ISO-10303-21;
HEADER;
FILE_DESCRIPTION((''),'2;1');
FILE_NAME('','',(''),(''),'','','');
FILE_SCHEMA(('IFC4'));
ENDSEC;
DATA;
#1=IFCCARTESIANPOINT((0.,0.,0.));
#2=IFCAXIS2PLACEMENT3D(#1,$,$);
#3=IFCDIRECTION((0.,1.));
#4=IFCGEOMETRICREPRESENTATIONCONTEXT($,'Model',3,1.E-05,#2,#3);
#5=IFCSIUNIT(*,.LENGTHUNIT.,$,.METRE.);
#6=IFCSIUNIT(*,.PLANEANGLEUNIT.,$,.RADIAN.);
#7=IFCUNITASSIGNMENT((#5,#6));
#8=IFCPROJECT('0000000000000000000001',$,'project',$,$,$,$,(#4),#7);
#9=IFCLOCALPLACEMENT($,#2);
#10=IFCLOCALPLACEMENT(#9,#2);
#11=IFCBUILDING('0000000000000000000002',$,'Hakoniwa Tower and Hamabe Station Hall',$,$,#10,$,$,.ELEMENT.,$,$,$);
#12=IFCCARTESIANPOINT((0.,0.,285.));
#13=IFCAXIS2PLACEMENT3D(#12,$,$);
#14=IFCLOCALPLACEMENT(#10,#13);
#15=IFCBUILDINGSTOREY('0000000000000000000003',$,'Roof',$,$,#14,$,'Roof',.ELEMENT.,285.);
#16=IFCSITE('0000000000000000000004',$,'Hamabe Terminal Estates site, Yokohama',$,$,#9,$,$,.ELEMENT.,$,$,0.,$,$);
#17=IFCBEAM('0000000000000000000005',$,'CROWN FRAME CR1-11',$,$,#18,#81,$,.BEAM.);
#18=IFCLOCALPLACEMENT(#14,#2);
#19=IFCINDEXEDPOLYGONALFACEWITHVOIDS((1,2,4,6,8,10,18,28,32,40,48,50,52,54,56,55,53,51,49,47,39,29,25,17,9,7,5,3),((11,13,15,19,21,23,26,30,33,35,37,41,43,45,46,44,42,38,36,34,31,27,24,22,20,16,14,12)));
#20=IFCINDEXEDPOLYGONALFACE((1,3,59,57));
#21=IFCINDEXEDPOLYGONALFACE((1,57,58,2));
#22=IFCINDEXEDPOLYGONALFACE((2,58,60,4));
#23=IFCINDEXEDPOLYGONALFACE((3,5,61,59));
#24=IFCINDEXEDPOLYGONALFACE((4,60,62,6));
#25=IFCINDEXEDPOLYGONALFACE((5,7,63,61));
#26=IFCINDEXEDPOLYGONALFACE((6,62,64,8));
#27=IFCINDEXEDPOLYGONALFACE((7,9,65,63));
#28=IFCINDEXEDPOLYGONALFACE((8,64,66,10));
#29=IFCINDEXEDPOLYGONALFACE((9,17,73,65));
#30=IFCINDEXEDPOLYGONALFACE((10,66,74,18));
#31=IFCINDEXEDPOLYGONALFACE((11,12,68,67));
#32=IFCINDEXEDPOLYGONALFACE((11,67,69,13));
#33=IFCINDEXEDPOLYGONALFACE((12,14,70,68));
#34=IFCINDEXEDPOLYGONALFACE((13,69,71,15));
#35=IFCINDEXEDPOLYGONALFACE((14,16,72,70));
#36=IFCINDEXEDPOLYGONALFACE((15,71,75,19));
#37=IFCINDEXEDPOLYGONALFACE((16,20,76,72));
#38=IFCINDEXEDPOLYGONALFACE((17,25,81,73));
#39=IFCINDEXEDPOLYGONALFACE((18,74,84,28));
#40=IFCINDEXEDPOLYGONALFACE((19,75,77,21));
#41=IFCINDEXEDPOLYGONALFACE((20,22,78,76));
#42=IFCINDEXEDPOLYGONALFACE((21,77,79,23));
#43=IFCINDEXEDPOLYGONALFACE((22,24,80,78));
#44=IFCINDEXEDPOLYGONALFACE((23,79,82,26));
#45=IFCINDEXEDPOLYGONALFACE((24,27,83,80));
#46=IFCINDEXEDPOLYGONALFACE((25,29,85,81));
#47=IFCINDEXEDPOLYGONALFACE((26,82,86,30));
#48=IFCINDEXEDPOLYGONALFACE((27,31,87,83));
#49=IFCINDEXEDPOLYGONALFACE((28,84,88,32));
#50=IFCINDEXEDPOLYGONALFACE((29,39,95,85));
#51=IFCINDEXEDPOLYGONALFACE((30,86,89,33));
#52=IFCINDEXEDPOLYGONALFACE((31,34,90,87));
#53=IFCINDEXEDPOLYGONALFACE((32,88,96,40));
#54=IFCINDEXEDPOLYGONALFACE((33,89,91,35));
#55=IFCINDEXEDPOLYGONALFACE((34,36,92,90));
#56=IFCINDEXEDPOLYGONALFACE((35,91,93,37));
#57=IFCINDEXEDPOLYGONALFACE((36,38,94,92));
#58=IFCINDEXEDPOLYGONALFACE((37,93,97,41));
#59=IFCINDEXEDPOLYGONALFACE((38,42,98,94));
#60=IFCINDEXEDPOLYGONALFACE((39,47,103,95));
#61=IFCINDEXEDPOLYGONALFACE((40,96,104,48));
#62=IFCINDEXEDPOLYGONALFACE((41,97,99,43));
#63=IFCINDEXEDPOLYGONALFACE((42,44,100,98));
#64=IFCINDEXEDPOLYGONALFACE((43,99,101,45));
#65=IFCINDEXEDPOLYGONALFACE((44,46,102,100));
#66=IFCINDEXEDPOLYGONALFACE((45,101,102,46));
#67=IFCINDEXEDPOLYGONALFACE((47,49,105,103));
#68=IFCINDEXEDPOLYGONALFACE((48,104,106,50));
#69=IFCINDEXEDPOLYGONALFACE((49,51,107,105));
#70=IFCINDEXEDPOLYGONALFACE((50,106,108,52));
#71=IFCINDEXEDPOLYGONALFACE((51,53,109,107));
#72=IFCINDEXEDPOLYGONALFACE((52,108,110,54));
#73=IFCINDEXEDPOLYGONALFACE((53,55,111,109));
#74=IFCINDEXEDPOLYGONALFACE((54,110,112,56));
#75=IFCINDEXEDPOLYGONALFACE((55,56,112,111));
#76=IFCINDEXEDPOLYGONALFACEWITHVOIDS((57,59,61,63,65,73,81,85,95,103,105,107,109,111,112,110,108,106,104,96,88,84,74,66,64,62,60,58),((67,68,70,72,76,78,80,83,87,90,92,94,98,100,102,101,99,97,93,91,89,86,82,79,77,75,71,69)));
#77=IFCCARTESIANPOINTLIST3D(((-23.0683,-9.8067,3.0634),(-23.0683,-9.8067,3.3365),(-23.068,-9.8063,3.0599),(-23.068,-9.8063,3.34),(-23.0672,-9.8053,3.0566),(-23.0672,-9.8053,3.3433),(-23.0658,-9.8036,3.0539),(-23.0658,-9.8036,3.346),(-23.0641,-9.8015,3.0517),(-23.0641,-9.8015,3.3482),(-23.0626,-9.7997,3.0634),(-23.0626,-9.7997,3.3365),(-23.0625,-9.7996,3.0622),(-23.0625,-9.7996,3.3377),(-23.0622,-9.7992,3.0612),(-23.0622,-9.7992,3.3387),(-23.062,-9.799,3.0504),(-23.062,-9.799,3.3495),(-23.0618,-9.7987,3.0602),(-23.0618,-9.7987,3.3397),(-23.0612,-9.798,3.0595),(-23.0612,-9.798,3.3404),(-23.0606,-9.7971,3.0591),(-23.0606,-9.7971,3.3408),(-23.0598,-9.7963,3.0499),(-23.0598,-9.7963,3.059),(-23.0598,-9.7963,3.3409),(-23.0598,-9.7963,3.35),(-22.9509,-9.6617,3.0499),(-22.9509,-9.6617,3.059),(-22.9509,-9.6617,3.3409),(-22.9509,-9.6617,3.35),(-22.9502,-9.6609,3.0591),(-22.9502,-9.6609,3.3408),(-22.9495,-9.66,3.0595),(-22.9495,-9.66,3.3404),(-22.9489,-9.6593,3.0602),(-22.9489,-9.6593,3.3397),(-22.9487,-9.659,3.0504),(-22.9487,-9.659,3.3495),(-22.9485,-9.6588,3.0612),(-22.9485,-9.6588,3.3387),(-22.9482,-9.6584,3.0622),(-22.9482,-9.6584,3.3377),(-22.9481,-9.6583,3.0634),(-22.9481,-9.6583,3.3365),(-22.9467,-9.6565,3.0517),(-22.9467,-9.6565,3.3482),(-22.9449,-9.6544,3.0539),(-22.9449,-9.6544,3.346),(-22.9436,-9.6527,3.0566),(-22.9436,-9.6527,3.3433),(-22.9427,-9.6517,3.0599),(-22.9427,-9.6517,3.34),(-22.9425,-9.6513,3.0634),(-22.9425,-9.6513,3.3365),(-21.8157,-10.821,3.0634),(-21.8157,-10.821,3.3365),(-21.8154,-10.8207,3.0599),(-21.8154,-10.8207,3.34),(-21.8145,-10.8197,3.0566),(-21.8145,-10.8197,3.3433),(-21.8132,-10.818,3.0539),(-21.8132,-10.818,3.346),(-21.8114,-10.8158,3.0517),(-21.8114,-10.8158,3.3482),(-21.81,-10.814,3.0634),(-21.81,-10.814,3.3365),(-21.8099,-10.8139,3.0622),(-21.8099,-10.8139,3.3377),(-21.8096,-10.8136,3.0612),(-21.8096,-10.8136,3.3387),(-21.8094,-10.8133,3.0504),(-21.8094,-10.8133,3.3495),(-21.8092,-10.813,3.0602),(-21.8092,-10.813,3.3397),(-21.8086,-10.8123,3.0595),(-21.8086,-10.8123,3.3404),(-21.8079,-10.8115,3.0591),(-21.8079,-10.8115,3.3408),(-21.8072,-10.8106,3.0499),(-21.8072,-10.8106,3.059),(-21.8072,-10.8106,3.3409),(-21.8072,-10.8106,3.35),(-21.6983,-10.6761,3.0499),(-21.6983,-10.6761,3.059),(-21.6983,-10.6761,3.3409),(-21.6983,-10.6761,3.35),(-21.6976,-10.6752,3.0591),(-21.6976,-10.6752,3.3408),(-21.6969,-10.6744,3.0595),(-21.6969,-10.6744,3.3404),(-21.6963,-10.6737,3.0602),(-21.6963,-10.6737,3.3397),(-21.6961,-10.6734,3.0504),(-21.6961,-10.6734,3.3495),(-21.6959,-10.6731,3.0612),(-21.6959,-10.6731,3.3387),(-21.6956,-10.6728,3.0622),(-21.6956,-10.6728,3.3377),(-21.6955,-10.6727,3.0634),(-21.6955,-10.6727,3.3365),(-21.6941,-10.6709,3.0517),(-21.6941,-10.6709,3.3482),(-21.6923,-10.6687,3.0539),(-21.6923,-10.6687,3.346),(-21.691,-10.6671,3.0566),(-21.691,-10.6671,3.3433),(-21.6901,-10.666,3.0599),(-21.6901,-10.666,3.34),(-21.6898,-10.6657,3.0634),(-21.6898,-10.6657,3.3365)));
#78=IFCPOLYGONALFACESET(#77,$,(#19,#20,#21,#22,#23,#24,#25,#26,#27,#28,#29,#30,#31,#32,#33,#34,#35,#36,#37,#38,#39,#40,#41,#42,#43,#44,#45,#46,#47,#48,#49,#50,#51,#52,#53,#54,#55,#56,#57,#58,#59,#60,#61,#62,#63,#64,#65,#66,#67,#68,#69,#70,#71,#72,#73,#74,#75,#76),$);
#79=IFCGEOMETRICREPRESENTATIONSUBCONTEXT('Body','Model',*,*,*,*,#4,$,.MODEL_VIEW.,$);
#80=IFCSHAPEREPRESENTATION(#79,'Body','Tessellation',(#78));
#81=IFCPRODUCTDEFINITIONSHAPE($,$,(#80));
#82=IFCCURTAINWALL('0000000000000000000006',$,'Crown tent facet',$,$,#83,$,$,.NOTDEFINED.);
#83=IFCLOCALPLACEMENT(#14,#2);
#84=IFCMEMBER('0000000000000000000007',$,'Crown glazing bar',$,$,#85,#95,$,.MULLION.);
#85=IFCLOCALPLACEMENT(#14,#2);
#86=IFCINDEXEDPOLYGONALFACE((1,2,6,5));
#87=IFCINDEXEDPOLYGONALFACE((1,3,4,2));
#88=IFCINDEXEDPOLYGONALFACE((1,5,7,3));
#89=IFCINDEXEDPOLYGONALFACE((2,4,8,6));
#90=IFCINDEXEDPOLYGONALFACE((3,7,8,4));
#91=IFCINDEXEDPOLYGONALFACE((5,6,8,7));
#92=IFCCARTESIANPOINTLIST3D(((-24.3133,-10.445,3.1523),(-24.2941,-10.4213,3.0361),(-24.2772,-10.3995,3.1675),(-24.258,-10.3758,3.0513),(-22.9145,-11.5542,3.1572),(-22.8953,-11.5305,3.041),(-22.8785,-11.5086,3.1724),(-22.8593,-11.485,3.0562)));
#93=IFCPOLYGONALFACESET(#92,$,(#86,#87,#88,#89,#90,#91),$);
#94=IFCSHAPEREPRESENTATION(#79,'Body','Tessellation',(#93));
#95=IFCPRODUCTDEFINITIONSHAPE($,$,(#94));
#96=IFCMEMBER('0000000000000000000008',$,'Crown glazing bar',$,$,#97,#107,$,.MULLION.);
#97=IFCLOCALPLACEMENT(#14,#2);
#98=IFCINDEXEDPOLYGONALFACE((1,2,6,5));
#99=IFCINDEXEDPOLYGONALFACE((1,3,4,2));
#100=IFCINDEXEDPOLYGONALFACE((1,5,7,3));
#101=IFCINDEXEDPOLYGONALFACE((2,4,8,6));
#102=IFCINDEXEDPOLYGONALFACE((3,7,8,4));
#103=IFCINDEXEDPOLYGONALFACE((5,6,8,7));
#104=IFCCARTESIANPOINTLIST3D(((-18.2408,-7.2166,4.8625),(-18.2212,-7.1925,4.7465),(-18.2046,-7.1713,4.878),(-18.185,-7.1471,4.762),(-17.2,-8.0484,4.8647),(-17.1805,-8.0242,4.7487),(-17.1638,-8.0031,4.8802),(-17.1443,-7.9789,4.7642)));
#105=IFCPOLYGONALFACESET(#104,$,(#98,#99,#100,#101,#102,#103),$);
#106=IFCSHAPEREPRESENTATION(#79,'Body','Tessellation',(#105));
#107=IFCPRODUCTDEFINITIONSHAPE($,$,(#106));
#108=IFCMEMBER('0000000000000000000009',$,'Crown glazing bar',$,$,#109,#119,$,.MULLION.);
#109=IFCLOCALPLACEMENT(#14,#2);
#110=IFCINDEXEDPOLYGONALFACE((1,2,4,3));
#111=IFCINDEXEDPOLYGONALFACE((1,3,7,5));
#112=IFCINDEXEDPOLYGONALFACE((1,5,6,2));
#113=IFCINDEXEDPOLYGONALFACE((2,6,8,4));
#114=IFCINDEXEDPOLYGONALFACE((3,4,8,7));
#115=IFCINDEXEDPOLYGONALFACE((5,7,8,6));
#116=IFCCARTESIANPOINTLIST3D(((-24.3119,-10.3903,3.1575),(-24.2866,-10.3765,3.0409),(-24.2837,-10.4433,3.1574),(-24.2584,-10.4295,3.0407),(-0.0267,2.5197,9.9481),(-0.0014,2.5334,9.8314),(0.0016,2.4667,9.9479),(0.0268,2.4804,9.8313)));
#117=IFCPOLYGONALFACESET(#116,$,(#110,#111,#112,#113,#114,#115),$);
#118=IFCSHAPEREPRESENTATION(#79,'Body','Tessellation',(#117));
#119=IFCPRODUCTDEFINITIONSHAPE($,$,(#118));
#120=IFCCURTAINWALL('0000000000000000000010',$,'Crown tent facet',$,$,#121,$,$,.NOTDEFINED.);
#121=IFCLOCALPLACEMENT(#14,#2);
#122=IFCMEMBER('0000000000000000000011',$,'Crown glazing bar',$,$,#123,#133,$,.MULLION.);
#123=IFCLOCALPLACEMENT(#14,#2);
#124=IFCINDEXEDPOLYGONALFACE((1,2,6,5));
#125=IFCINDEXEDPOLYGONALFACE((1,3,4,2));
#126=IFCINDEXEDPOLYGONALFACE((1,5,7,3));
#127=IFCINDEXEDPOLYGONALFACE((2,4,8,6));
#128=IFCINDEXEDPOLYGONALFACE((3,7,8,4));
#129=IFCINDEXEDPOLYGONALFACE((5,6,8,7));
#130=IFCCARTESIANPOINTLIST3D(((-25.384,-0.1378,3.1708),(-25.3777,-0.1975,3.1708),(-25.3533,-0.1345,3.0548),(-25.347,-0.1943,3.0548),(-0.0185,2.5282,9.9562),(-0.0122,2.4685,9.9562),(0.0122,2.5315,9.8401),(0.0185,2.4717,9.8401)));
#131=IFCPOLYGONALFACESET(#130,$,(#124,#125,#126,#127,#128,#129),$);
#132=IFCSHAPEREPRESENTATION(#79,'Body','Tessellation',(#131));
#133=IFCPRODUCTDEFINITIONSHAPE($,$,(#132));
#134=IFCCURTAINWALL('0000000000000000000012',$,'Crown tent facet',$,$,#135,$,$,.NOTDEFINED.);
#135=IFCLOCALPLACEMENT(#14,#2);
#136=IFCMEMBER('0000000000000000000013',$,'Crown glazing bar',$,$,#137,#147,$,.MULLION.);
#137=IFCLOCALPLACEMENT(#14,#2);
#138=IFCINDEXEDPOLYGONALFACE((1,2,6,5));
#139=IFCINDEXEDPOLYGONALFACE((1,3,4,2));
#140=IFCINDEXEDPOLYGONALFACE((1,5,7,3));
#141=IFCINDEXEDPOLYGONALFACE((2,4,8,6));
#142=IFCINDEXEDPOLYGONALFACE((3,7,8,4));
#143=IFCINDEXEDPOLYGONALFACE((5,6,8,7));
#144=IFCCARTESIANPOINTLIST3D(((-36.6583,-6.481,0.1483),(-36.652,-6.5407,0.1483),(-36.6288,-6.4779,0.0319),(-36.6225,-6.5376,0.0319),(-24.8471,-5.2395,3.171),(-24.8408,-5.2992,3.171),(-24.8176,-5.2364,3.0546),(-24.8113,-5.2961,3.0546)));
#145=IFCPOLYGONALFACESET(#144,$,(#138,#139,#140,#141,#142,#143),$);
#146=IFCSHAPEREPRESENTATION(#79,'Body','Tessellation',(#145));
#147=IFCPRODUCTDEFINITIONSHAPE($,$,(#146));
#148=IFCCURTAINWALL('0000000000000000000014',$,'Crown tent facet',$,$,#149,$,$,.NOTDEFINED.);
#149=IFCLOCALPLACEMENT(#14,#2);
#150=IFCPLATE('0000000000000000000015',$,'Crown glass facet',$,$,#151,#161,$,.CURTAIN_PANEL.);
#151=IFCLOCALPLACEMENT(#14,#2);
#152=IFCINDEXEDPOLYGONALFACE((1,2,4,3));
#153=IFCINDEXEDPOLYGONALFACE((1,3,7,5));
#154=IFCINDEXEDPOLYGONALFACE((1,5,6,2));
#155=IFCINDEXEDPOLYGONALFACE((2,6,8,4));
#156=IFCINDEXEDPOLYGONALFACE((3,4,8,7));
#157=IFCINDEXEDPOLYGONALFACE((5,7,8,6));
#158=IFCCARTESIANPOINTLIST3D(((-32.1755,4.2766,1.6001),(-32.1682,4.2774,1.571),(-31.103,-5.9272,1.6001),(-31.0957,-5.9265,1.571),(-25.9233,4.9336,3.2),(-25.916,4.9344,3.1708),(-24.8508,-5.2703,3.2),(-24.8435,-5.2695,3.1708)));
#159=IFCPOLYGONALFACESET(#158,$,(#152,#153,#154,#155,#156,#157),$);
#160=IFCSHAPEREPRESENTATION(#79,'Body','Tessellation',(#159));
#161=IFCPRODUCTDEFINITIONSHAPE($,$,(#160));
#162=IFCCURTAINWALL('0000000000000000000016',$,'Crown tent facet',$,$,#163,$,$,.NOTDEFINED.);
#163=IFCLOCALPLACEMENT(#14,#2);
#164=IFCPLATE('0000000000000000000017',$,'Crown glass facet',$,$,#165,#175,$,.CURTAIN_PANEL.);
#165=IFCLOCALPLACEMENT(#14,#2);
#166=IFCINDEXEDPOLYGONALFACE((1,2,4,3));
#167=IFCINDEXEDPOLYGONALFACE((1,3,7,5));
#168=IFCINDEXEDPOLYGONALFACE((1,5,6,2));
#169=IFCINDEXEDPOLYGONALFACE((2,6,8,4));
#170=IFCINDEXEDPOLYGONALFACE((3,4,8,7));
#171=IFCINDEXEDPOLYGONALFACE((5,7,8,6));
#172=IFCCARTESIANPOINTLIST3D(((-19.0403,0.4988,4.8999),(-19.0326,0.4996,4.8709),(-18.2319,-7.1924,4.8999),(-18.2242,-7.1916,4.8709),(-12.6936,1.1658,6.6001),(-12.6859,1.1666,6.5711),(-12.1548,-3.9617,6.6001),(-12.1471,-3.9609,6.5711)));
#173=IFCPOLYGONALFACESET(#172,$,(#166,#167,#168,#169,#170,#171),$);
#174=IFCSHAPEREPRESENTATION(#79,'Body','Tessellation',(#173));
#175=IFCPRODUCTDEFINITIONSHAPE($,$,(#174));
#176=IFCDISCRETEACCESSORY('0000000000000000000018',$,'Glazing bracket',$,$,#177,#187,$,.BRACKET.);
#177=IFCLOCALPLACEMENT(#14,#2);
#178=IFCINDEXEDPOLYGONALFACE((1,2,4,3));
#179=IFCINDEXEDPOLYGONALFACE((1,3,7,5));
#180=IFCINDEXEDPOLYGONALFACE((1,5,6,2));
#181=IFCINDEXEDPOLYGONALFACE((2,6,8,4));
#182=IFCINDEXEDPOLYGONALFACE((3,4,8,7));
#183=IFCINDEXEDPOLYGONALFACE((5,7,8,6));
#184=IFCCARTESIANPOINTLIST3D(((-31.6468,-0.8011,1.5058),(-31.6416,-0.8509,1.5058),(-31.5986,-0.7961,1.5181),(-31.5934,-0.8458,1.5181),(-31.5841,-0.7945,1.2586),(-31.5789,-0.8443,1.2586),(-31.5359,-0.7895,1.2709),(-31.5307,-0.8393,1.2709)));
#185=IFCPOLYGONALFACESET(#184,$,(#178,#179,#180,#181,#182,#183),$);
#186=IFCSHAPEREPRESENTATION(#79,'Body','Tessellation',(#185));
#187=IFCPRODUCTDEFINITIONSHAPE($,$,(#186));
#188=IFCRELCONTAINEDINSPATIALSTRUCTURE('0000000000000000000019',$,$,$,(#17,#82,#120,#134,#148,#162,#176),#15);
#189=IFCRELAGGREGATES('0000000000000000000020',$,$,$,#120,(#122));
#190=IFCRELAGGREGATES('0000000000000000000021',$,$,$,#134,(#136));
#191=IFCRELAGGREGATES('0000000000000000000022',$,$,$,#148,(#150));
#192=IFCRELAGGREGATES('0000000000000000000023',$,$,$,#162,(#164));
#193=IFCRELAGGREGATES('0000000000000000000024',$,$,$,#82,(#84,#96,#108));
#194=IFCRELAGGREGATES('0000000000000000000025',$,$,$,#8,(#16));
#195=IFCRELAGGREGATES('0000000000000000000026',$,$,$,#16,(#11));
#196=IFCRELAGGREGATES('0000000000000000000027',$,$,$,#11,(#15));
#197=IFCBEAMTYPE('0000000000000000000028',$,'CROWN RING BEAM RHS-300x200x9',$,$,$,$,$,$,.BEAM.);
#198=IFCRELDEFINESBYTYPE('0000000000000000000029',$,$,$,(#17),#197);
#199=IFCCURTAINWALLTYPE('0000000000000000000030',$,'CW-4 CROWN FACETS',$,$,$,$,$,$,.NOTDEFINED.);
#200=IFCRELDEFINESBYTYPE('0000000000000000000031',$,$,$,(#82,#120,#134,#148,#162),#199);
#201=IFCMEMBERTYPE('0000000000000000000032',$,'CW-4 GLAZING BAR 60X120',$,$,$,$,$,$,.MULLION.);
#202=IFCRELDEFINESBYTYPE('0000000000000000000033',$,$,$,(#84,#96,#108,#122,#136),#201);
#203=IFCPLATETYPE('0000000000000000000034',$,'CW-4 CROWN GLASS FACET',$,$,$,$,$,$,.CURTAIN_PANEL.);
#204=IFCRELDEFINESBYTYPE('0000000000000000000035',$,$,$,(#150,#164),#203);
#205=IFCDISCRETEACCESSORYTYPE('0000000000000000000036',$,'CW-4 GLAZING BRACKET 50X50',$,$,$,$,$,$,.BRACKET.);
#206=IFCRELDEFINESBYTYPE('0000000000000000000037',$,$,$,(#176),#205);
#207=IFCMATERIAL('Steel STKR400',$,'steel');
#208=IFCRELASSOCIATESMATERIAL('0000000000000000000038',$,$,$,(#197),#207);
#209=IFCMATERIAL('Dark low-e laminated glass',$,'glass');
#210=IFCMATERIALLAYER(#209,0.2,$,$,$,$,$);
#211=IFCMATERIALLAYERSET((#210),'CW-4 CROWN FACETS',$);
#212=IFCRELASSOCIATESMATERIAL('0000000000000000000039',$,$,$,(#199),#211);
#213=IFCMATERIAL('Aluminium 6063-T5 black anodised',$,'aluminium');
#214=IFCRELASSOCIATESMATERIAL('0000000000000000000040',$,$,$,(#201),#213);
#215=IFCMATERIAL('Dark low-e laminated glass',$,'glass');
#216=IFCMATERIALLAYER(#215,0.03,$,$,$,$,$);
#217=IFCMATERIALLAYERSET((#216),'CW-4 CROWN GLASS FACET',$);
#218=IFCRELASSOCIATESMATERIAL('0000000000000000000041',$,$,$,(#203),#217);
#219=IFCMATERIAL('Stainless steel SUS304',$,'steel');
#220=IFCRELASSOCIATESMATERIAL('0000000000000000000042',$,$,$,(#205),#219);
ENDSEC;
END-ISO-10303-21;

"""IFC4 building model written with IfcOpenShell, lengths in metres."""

from ifc_helpers import new_model, si_unit, direction, frame, origin, origin_2d, place, context, subcontext, project, spatial, polyline, rectangle, hollow_rectangle, outline, extrude, material, layer, layer_set, material_profile, profile_set, type_object, element, aggregate, save


model = new_model("IFC4")

# Units and contexts
model_context = context("Model", 3, precision=1e-05, world=origin(), true_north=direction((0.0, 1.0)))
body_context = subcontext(model_context, "Body", "Model", "MODEL_VIEW")
ifc_project = project(units=[si_unit("LENGTHUNIT", "METRE"), si_unit("PLANEANGLEUNIT", "RADIAN")], contexts=[model_context])

# Site, building, storey
site_placement = place(None, origin())
site = spatial("IfcSite", under=ifc_project, at=site_placement, Name="Hamabe Terminal Estates site, Yokohama", CompositionType="ELEMENT", RefElevation=0.0)
building_placement = place(site_placement, origin())
building = spatial("IfcBuilding", under=site, at=building_placement, Name="Hakoniwa Tower and Hamabe Station Hall", CompositionType="ELEMENT")
storey_placement = place(building_placement, frame((0.0, 0.0, 285.0)))
storey = spatial("IfcBuildingStorey", under=building, at=storey_placement, Name="Roof", LongName="Roof", CompositionType="ELEMENT", Elevation=285.0)

# Beam
ifc_material_1 = material(Name="Steel STKR400", Category="steel")
ifc_material_profile_1 = material_profile(ifc_material_1, hollow_rectangle(XDim=0.2, YDim=0.3, WallThickness=0.009, InnerFilletRadius=0.0044, OuterFilletRadius=0.0134, at=origin_2d()), Name="RHS-300x200x9")
ifc_profile_set_1 = profile_set([ifc_material_profile_1], Name="Steel STKR400")
beam_type = type_object("IfcBeamType", Name="CROWN RING BEAM RHS-300x200x9", PredefinedType="BEAM", material=ifc_profile_set_1)
beam_1_placement = place(storey_placement, frame((-23.0054, -9.729, 3.2), z_axis=(0.777146, -0.62932, 0.0), x_axis=(0.62932, 0.777146, 0.0)))
element("IfcBeam", 1, at=beam_1_placement, inside=storey, type_object=beam_type, Name="CROWN FRAME CR1-11", PredefinedType="BEAM", context=body_context, shape_type="SweptSolid", body=[
    extrude(hollow_rectangle(XDim=0.2, YDim=0.3, WallThickness=0.009, InnerFilletRadius=0.0044, OuterFilletRadius=0.0134, at=origin_2d()), origin(), (0.0, 0.0, 1.0), 1.6118),
])

# Curtain wall, members
ifc_material_2 = material(Name="Dark low-e laminated glass", Category="glass")
ifc_layer_1 = layer(ifc_material_2, 0.2)
ifc_layer_set_1 = layer_set([ifc_layer_1], Name="CW-4 CROWN FACETS")
curtain_wall_type = type_object("IfcCurtainWallType", Name="CW-4 CROWN FACETS", PredefinedType="NOTDEFINED", material=ifc_layer_set_1)
curtain_wall_1_placement = place(storey_placement, origin())
curtain_wall_1 = element("IfcCurtainWall", 2, at=curtain_wall_1_placement, inside=storey, type_object=curtain_wall_type, Name="Crown tent facet", PredefinedType="NOTDEFINED")
ifc_material_3 = material(Name="Aluminium 6063-T5 black anodised", Category="aluminium")
ifc_material_profile_2 = material_profile(ifc_material_3, rectangle(XDim=0.0601, YDim=0.1201, at=origin_2d()), Name="CW-4 GLAZING BAR 60X120")
ifc_profile_set_2 = profile_set([ifc_material_profile_2], Name="Aluminium 6063-T5 black anodised")
member_type_1 = type_object("IfcMemberType", Name="CW-4 GLAZING BAR 60X120", PredefinedType="MULLION", material=ifc_profile_set_2)
member_1_placement = place(storey_placement, frame((-24.2856, -10.4104, 3.1018), z_axis=(0.783541, -0.621334, 0.002735), x_axis=(0.600457, 0.75833, 0.253745)))
member_1 = element("IfcMember", 3, at=member_1_placement, type_object=member_type_1, Name="Crown glazing bar", PredefinedType="MULLION", context=body_context, shape_type="SweptSolid", body=[
    extrude(rectangle(XDim=0.0601, YDim=0.1201, at=origin_2d()), origin(), (0.0, 0.0, 1.0), 1.7852),
])
member_2_placement = place(storey_placement, frame((-18.2129, -7.1819, 4.8123), z_axis=(0.781172, -0.624314, 0.001649), x_axis=(0.602651, 0.75475, 0.25916)))
member_2 = element("IfcMember", 4, at=member_2_placement, type_object=member_type_1, Name="Crown glazing bar", PredefinedType="MULLION", context=body_context, shape_type="SweptSolid", body=[
    extrude(rectangle(XDim=0.0601, YDim=0.1201, at=origin_2d()), origin(), (0.0, 0.0, 1.0), 1.3323),
])
member_3_placement = place(storey_placement, frame((-24.2852, -10.4099, 3.0991), z_axis=(0.857247, 0.45571, 0.2397), x_axis=(-0.469911, 0.88271, 0.00238)))
member_3 = element("IfcMember", 5, at=member_3_placement, type_object=member_type_1, Name="Crown glazing bar", PredefinedType="MULLION", context=body_context, shape_type="SweptSolid", body=[
    extrude(rectangle(XDim=0.0601, YDim=0.1201, at=origin_2d()), origin(), (0.0, 0.0, 1.0), 28.3293),
])

# Curtain walls, members
curtain_wall_2_placement = place(storey_placement, origin())
curtain_wall_2 = element("IfcCurtainWall", 6, at=curtain_wall_2_placement, inside=storey, type_object=curtain_wall_type, Name="Crown tent facet", PredefinedType="NOTDEFINED")
member_4_placement = place(storey_placement, frame((-25.3655, -0.166, 3.1128), z_axis=(0.961092, 0.101015, 0.257097), x_axis=(-0.104528, 0.994522, 0.0)))
member_4 = element("IfcMember", 7, at=member_4_placement, type_object=member_type_1, Name="Crown glazing bar", PredefinedType="MULLION", context=body_context, shape_type="SweptSolid", body=[
    extrude(rectangle(XDim=0.0601, YDim=0.1201, at=origin_2d()), origin(), (0.0, 0.0, 1.0), 26.3923),
])
aggregate(curtain_wall_2, [member_4])
curtain_wall_3_placement = place(storey_placement, origin())
curtain_wall_3 = element("IfcCurtainWall", 8, at=curtain_wall_3_placement, inside=storey, type_object=curtain_wall_type, Name="Crown tent facet", PredefinedType="NOTDEFINED")
member_5_placement = place(storey_placement, frame((-36.6404, -6.5093, 0.0901), z_axis=(0.963795, 0.101302, 0.246651), x_axis=(-0.104532, 0.994522, 0.0)))
member_5 = element("IfcMember", 9, at=member_5_placement, type_object=member_type_1, Name="Crown glazing bar", PredefinedType="MULLION", context=body_context, shape_type="SweptSolid", body=[
    extrude(rectangle(XDim=0.0601, YDim=0.1201, at=origin_2d()), origin(), (0.0, 0.0, 1.0), 12.2549),
])
aggregate(curtain_wall_3, [member_5])

# Curtain walls, plates
curtain_wall_4_placement = place(storey_placement, origin())
curtain_wall_4 = element("IfcCurtainWall", 10, at=curtain_wall_4_placement, inside=storey, type_object=curtain_wall_type, Name="Crown tent facet", PredefinedType="NOTDEFINED")
ifc_material_4 = material(Name="Dark low-e laminated glass", Category="glass")
ifc_layer_2 = layer(ifc_material_4, 0.03)
ifc_layer_set_2 = layer_set([ifc_layer_2], Name="CW-4 CROWN GLASS FACET")
plate_type = type_object("IfcPlateType", Name="CW-4 CROWN GLASS FACET", PredefinedType="CURTAIN_PANEL", material=ifc_layer_set_2)
plate_1_placement = place(storey_placement, frame((-24.8508, -5.2703, 3.2), z_axis=(-0.245274, -0.02578, 0.969111), x_axis=(-0.963805, -0.101277, -0.246625)))
plate_1 = element("IfcPlate", 11, at=plate_1_placement, type_object=plate_type, Name="Crown glass facet", PredefinedType="CURTAIN_PANEL", context=body_context, shape_type="SweptSolid", body=[
    extrude(outline(polyline([(0.0, 0.0), (6.487, 0.0), (6.4873, -10.2601), (0.0003, -10.2601), (0.0, 0.0)])), origin(), (0.0, 0.0, -1.0), 0.03),
])
aggregate(curtain_wall_4, [plate_1])
curtain_wall_5_placement = place(storey_placement, origin())
curtain_wall_5 = element("IfcCurtainWall", 12, at=curtain_wall_5_placement, inside=storey, type_object=curtain_wall_type, Name="Crown tent facet", PredefinedType="NOTDEFINED")
plate_2_placement = place(storey_placement, frame((-18.2319, -7.1924, 4.8999), z_axis=(-0.256032, -0.026908, 0.966294), x_axis=(-0.104525, 0.994522, -0.000002)))
plate_2 = element("IfcPlate", 13, at=plate_2_placement, type_object=plate_type, Name="Crown glass facet", PredefinedType="CURTAIN_PANEL", context=body_context, shape_type="SweptSolid", body=[
    extrude(outline(polyline([(0.0, 0.0), (7.7335, 0.0), (7.7335, -6.6042), (2.5778, -6.6042), (0.0, 0.0)])), origin(), (0.0, 0.0, -1.0), 0.03),
])
aggregate(curtain_wall_5, [plate_2])

aggregate(curtain_wall_1, [member_1, member_2, member_3])

# Discrete accessory
ifc_material_5 = material(Name="Stainless steel SUS304", Category="steel")
ifc_material_profile_3 = material_profile(ifc_material_5, rectangle(XDim=0.05, YDim=0.05, at=origin_2d()), Name="CW-4 GLAZING BRACKET 50X50")
ifc_profile_set_3 = profile_set([ifc_material_profile_3], Name="Stainless steel SUS304")
discrete_accessory_type = type_object("IfcDiscreteAccessoryType", Name="CW-4 GLAZING BRACKET 50X50", PredefinedType="BRACKET", material=ifc_profile_set_3)
discrete_accessory_1_placement = place(storey_placement, frame((-31.6201, -0.8235, 1.512), z_axis=(0.245829, 0.025826, -0.968969), x_axis=(-0.104483, 0.994527, 0.0)))
element("IfcDiscreteAccessory", 14, at=discrete_accessory_1_placement, inside=storey, type_object=discrete_accessory_type, Name="Glazing bracket", PredefinedType="BRACKET", context=body_context, shape_type="SweptSolid", body=[
    extrude(rectangle(XDim=0.05, YDim=0.05, at=origin_2d()), origin(), (0.0, 0.0, 1.0), 0.2551),
])

save(model, "model.ifc")
